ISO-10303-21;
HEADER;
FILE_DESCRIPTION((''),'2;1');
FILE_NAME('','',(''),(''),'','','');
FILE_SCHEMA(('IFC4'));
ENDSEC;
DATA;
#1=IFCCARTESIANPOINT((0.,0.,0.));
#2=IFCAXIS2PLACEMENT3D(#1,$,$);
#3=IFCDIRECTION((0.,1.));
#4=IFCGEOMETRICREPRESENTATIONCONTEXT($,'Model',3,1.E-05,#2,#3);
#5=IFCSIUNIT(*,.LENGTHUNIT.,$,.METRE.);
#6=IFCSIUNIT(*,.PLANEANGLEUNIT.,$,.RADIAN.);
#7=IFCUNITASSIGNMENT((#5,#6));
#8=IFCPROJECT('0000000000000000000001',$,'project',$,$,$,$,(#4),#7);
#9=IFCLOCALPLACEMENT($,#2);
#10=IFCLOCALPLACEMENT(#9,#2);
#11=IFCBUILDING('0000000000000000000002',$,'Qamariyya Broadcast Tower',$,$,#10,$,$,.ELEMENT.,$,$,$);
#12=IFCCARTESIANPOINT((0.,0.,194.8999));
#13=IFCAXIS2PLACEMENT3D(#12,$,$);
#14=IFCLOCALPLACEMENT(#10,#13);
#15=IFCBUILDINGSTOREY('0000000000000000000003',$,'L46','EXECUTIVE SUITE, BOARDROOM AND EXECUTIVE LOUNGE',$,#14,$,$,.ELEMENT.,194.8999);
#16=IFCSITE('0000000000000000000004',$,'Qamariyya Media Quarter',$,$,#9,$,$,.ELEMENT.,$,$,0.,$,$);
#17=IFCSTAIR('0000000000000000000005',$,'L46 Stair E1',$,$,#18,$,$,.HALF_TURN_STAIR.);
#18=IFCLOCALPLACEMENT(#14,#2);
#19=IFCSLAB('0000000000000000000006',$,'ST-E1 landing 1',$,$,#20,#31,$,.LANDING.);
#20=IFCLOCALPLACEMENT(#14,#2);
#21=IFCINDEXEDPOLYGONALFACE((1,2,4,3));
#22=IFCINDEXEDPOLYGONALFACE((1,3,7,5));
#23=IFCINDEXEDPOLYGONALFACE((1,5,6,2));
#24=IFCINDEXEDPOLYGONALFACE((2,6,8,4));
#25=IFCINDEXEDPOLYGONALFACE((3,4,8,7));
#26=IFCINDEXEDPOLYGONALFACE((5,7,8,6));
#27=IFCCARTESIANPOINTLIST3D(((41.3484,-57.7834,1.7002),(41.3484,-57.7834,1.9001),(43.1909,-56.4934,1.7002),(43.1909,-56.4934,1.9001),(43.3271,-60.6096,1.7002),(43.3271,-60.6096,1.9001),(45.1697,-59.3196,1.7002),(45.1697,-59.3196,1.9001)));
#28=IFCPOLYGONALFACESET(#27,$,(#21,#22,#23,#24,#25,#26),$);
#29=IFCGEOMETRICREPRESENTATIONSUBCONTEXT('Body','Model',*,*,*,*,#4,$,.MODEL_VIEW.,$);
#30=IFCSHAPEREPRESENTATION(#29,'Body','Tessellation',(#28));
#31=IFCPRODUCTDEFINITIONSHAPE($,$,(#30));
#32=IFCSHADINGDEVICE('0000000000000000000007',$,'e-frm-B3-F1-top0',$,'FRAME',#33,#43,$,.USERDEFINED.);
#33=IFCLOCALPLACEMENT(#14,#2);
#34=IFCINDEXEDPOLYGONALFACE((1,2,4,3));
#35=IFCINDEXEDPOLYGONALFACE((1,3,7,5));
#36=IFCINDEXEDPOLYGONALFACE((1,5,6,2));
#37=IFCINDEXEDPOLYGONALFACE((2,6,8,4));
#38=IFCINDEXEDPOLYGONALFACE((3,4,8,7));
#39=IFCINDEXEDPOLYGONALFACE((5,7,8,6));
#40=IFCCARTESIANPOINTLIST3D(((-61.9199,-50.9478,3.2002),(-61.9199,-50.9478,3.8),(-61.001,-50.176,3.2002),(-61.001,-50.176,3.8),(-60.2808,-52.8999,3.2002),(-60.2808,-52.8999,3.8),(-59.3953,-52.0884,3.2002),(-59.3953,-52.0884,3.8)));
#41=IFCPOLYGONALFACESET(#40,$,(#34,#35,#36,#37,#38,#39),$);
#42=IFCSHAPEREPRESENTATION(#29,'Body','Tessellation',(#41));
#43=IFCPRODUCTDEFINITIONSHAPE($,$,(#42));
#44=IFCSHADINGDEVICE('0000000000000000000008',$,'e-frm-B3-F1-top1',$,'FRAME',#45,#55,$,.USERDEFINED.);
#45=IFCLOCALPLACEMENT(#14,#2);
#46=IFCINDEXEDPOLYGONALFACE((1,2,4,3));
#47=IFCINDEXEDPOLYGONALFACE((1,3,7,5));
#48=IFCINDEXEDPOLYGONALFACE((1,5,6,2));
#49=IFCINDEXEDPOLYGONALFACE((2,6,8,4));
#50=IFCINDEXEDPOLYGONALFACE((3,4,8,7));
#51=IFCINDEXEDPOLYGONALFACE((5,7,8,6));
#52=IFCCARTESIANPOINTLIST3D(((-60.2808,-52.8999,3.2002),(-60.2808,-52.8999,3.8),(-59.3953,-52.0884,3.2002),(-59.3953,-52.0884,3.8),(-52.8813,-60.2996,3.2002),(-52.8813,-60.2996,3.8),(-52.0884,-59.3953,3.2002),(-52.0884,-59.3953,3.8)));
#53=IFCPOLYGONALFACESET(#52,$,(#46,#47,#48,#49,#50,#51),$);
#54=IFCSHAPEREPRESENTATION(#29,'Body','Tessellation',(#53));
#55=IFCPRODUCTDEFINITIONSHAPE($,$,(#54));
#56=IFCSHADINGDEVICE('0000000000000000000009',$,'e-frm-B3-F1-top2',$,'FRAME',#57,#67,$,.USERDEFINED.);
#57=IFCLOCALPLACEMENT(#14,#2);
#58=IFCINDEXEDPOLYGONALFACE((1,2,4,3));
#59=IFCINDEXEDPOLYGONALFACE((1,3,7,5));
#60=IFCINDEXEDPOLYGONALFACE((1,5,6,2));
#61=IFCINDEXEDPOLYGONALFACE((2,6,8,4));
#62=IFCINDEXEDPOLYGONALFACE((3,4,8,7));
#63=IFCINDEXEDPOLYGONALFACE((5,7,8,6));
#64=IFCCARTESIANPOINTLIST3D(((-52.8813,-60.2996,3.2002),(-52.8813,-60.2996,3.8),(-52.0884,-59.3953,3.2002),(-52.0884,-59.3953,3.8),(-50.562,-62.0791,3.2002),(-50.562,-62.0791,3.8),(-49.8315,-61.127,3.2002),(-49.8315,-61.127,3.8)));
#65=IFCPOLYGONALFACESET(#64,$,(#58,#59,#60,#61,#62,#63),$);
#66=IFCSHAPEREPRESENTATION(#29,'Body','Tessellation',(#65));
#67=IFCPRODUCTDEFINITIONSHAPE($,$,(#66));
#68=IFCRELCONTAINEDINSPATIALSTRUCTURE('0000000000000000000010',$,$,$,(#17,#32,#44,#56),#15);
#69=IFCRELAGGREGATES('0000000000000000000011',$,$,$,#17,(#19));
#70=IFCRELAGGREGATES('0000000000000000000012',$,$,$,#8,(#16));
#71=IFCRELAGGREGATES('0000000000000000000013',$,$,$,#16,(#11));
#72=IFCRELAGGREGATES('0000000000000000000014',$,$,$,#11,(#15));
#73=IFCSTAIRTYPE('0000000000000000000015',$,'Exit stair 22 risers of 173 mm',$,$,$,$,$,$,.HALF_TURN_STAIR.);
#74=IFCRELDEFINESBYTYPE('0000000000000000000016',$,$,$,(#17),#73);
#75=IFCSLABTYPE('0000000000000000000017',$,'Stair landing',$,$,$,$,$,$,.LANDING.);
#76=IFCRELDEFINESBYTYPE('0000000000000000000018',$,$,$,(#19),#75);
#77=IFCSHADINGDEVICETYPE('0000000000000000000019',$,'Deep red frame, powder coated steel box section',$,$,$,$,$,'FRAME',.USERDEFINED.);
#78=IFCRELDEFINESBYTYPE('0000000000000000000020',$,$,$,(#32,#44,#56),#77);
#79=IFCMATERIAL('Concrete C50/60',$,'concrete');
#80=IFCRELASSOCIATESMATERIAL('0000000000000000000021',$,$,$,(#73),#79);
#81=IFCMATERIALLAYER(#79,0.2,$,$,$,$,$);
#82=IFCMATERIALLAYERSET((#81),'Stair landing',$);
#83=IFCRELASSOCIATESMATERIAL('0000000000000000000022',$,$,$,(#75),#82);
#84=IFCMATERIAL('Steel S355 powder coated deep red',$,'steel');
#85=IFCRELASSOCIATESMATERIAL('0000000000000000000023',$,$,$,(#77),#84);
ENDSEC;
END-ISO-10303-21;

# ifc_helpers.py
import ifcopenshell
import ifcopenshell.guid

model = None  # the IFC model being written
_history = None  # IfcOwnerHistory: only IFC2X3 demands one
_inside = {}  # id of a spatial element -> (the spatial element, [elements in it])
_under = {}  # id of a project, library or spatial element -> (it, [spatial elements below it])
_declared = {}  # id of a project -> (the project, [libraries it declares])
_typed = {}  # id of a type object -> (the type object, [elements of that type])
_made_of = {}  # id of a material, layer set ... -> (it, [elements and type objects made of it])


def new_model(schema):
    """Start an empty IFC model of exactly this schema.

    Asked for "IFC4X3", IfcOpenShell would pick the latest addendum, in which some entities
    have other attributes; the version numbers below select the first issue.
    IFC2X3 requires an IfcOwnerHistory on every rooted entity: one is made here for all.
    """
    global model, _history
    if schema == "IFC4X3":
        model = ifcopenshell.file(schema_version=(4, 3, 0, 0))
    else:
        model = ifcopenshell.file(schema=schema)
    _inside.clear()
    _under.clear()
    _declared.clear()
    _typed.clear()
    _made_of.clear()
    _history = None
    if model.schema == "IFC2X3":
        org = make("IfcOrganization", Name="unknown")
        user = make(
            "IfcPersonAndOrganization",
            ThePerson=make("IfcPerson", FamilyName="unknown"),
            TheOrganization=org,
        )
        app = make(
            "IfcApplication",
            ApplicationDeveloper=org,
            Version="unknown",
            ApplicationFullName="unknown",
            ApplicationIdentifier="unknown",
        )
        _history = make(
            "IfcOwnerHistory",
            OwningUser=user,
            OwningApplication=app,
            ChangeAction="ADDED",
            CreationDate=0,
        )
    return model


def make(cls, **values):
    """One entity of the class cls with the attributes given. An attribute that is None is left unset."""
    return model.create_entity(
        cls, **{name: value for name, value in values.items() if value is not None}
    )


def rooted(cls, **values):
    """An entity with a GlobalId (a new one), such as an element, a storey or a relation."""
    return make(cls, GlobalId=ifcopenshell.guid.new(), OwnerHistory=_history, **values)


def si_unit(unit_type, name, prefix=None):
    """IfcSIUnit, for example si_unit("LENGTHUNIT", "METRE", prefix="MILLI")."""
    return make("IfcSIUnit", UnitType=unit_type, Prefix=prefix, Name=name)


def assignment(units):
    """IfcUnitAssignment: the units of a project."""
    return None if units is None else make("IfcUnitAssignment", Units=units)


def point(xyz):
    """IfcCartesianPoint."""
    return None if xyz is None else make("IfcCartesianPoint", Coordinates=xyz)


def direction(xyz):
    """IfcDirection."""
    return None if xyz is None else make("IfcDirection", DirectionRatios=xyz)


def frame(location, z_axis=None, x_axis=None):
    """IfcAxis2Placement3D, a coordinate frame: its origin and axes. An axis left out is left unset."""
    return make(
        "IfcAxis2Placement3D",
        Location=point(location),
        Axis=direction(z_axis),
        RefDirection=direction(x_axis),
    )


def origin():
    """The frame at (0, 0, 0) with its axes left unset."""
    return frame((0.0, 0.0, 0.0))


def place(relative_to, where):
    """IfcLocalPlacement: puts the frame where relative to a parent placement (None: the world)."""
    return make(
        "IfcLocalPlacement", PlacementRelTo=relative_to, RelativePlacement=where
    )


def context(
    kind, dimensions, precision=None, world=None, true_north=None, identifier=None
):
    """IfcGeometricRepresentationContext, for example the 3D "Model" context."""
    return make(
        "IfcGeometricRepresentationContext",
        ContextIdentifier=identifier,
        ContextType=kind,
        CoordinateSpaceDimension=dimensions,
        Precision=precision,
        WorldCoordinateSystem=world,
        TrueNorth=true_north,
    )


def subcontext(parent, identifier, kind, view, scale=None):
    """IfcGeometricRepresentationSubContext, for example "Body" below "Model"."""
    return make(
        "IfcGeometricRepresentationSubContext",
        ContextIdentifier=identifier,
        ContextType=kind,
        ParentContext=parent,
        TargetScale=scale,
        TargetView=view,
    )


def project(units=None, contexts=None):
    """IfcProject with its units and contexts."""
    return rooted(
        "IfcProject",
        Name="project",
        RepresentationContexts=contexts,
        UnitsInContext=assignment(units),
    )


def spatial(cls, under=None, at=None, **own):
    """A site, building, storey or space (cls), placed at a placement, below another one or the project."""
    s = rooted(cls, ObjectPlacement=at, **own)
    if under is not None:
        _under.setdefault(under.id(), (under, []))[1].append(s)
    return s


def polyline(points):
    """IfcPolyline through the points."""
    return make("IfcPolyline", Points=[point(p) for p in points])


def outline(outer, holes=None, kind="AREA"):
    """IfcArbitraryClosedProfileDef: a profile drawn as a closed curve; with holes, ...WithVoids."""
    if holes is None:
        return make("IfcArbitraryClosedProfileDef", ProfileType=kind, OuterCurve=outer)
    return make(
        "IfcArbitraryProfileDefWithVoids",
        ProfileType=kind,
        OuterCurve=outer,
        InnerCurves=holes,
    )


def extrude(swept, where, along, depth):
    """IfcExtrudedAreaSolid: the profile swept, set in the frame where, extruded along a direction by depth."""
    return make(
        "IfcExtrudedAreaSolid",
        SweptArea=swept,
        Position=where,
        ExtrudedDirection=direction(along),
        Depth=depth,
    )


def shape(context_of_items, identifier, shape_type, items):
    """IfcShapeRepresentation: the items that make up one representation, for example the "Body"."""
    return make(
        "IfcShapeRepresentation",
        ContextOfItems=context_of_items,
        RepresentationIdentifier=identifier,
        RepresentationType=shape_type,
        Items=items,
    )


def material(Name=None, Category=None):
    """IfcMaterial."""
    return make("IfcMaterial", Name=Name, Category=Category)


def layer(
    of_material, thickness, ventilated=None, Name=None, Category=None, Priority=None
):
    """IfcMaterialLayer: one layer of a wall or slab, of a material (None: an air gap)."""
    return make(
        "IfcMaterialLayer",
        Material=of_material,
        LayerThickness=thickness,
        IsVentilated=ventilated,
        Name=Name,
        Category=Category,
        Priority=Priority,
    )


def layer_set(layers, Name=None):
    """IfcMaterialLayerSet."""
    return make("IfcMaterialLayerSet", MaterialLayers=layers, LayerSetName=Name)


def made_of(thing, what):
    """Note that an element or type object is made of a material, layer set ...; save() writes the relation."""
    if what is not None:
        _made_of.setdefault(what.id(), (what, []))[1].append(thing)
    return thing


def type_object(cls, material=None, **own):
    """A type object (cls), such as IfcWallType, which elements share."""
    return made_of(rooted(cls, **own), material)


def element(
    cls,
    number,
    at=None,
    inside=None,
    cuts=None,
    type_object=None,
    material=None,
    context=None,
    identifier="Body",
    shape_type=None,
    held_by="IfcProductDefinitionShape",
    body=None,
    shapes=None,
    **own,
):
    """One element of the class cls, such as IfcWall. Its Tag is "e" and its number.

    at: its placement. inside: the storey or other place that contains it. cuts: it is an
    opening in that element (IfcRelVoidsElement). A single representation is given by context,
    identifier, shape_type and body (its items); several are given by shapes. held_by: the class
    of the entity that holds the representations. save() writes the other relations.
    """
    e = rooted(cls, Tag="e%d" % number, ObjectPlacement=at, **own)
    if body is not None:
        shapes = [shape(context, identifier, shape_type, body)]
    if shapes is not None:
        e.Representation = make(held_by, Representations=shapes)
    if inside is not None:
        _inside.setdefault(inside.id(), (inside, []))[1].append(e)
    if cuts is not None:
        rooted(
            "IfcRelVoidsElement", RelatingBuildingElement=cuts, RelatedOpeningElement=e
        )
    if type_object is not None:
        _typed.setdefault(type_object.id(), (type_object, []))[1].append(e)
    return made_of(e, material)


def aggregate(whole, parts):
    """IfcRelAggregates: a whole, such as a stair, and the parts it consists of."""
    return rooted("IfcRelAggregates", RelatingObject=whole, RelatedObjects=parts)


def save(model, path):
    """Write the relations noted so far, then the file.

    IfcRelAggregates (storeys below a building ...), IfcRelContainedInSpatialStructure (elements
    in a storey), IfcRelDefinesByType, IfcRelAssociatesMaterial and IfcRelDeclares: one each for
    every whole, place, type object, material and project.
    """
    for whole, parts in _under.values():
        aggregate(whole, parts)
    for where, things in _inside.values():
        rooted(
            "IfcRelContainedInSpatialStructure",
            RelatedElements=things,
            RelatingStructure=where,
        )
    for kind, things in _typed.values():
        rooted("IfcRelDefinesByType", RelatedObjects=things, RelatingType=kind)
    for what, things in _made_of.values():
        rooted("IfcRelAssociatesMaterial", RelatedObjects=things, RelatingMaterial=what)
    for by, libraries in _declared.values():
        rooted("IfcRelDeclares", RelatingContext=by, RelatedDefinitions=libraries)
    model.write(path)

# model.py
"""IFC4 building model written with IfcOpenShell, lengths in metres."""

from ifc_helpers import new_model, si_unit, direction, frame, origin, place, context, subcontext, project, spatial, polyline, outline, extrude, material, layer, layer_set, type_object, element, aggregate, save


model = new_model("IFC4")

# Units and contexts
model_context = context("Model", 3, precision=1e-05, world=origin(), true_north=direction((0.0, 1.0)))
body_context = subcontext(model_context, "Body", "Model", "MODEL_VIEW")
ifc_project = project(units=[si_unit("LENGTHUNIT", "METRE"), si_unit("PLANEANGLEUNIT", "RADIAN")], contexts=[model_context])

# Site, building, storey
site_placement = place(None, origin())
building_placement = place(site_placement, origin())
storey_placement = place(building_placement, frame((0.0, 0.0, 194.8999)))
site = spatial("IfcSite", under=ifc_project, at=site_placement, Name="Qamariyya Media Quarter", CompositionType="ELEMENT", RefElevation=0.0)
building = spatial("IfcBuilding", under=site, at=building_placement, Name="Qamariyya Broadcast Tower", CompositionType="ELEMENT")
storey = spatial("IfcBuildingStorey", under=building, at=storey_placement, Name="L46", Description="EXECUTIVE SUITE, BOARDROOM AND EXECUTIVE LOUNGE", CompositionType="ELEMENT", Elevation=194.8999)

# Stair, slab
ifc_material_1 = material(Name="Concrete C50/60", Category="concrete")
stair_type = type_object("IfcStairType", Name="Exit stair 22 risers of 173 mm", PredefinedType="HALF_TURN_STAIR", material=ifc_material_1)
ifc_layer = layer(ifc_material_1, 0.2)
ifc_layer_set = layer_set([ifc_layer], Name="Stair landing")
slab_type = type_object("IfcSlabType", Name="Stair landing", PredefinedType="LANDING", material=ifc_layer_set)
stair_1_placement = place(storey_placement, origin())
stair_1 = element("IfcStair", 1, at=stair_1_placement, inside=storey, type_object=stair_type, Name="L46 Stair E1", PredefinedType="HALF_TURN_STAIR")
slab_1_placement = place(storey_placement, frame((0.0, 0.0, 1.7002)))
slab_1 = element("IfcSlab", 2, at=slab_1_placement, type_object=slab_type, Name="ST-E1 landing 1", PredefinedType="LANDING", context=body_context, shape_type="SweptSolid", body=[
    extrude(outline(polyline([(43.1909, -56.4934), (41.3484, -57.7834), (43.3271, -60.6096), (45.1697, -59.3196), (43.1909, -56.4934)])), origin(), (0.0, 0.0, 1.0), 0.2),
])
aggregate(stair_1, [slab_1])

# Shading devices
ifc_material_2 = material(Name="Steel S355 powder coated deep red", Category="steel")
shading_device_type = type_object("IfcShadingDeviceType", Name="Deep red frame, powder coated steel box section", ElementType="FRAME", PredefinedType="USERDEFINED", material=ifc_material_2)
shading_device_1_placement = place(storey_placement, frame((0.0, 0.0, 3.2002)))
element("IfcShadingDevice", 3, at=shading_device_1_placement, inside=storey, type_object=shading_device_type, Name="e-frm-B3-F1-top0", ObjectType="FRAME", PredefinedType="USERDEFINED", context=body_context, shape_type="SweptSolid", body=[
    extrude(outline(polyline([(-61.001, -50.176), (-61.9199, -50.9478), (-60.2808, -52.8999), (-59.3953, -52.0884), (-61.001, -50.176)])), origin(), (0.0, 0.0, 1.0), 0.5999),
])
shading_device_2_placement = place(storey_placement, frame((0.0, 0.0, 3.2002)))
element("IfcShadingDevice", 4, at=shading_device_2_placement, inside=storey, type_object=shading_device_type, Name="e-frm-B3-F1-top1", ObjectType="FRAME", PredefinedType="USERDEFINED", context=body_context, shape_type="SweptSolid", body=[
    extrude(outline(polyline([(-59.3953, -52.0884), (-60.2808, -52.8999), (-52.8813, -60.2996), (-52.0884, -59.3953), (-59.3953, -52.0884)])), origin(), (0.0, 0.0, 1.0), 0.5999),
])
shading_device_3_placement = place(storey_placement, frame((0.0, 0.0, 3.2002)))
element("IfcShadingDevice", 5, at=shading_device_3_placement, inside=storey, type_object=shading_device_type, Name="e-frm-B3-F1-top2", ObjectType="FRAME", PredefinedType="USERDEFINED", context=body_context, shape_type="SweptSolid", body=[
    extrude(outline(polyline([(-52.0884, -59.3953), (-52.8813, -60.2996), (-50.562, -62.0791), (-49.8315, -61.127), (-52.0884, -59.3953)])), origin(), (0.0, 0.0, 1.0), 0.5999),
])

save(model, "model.ifc")
